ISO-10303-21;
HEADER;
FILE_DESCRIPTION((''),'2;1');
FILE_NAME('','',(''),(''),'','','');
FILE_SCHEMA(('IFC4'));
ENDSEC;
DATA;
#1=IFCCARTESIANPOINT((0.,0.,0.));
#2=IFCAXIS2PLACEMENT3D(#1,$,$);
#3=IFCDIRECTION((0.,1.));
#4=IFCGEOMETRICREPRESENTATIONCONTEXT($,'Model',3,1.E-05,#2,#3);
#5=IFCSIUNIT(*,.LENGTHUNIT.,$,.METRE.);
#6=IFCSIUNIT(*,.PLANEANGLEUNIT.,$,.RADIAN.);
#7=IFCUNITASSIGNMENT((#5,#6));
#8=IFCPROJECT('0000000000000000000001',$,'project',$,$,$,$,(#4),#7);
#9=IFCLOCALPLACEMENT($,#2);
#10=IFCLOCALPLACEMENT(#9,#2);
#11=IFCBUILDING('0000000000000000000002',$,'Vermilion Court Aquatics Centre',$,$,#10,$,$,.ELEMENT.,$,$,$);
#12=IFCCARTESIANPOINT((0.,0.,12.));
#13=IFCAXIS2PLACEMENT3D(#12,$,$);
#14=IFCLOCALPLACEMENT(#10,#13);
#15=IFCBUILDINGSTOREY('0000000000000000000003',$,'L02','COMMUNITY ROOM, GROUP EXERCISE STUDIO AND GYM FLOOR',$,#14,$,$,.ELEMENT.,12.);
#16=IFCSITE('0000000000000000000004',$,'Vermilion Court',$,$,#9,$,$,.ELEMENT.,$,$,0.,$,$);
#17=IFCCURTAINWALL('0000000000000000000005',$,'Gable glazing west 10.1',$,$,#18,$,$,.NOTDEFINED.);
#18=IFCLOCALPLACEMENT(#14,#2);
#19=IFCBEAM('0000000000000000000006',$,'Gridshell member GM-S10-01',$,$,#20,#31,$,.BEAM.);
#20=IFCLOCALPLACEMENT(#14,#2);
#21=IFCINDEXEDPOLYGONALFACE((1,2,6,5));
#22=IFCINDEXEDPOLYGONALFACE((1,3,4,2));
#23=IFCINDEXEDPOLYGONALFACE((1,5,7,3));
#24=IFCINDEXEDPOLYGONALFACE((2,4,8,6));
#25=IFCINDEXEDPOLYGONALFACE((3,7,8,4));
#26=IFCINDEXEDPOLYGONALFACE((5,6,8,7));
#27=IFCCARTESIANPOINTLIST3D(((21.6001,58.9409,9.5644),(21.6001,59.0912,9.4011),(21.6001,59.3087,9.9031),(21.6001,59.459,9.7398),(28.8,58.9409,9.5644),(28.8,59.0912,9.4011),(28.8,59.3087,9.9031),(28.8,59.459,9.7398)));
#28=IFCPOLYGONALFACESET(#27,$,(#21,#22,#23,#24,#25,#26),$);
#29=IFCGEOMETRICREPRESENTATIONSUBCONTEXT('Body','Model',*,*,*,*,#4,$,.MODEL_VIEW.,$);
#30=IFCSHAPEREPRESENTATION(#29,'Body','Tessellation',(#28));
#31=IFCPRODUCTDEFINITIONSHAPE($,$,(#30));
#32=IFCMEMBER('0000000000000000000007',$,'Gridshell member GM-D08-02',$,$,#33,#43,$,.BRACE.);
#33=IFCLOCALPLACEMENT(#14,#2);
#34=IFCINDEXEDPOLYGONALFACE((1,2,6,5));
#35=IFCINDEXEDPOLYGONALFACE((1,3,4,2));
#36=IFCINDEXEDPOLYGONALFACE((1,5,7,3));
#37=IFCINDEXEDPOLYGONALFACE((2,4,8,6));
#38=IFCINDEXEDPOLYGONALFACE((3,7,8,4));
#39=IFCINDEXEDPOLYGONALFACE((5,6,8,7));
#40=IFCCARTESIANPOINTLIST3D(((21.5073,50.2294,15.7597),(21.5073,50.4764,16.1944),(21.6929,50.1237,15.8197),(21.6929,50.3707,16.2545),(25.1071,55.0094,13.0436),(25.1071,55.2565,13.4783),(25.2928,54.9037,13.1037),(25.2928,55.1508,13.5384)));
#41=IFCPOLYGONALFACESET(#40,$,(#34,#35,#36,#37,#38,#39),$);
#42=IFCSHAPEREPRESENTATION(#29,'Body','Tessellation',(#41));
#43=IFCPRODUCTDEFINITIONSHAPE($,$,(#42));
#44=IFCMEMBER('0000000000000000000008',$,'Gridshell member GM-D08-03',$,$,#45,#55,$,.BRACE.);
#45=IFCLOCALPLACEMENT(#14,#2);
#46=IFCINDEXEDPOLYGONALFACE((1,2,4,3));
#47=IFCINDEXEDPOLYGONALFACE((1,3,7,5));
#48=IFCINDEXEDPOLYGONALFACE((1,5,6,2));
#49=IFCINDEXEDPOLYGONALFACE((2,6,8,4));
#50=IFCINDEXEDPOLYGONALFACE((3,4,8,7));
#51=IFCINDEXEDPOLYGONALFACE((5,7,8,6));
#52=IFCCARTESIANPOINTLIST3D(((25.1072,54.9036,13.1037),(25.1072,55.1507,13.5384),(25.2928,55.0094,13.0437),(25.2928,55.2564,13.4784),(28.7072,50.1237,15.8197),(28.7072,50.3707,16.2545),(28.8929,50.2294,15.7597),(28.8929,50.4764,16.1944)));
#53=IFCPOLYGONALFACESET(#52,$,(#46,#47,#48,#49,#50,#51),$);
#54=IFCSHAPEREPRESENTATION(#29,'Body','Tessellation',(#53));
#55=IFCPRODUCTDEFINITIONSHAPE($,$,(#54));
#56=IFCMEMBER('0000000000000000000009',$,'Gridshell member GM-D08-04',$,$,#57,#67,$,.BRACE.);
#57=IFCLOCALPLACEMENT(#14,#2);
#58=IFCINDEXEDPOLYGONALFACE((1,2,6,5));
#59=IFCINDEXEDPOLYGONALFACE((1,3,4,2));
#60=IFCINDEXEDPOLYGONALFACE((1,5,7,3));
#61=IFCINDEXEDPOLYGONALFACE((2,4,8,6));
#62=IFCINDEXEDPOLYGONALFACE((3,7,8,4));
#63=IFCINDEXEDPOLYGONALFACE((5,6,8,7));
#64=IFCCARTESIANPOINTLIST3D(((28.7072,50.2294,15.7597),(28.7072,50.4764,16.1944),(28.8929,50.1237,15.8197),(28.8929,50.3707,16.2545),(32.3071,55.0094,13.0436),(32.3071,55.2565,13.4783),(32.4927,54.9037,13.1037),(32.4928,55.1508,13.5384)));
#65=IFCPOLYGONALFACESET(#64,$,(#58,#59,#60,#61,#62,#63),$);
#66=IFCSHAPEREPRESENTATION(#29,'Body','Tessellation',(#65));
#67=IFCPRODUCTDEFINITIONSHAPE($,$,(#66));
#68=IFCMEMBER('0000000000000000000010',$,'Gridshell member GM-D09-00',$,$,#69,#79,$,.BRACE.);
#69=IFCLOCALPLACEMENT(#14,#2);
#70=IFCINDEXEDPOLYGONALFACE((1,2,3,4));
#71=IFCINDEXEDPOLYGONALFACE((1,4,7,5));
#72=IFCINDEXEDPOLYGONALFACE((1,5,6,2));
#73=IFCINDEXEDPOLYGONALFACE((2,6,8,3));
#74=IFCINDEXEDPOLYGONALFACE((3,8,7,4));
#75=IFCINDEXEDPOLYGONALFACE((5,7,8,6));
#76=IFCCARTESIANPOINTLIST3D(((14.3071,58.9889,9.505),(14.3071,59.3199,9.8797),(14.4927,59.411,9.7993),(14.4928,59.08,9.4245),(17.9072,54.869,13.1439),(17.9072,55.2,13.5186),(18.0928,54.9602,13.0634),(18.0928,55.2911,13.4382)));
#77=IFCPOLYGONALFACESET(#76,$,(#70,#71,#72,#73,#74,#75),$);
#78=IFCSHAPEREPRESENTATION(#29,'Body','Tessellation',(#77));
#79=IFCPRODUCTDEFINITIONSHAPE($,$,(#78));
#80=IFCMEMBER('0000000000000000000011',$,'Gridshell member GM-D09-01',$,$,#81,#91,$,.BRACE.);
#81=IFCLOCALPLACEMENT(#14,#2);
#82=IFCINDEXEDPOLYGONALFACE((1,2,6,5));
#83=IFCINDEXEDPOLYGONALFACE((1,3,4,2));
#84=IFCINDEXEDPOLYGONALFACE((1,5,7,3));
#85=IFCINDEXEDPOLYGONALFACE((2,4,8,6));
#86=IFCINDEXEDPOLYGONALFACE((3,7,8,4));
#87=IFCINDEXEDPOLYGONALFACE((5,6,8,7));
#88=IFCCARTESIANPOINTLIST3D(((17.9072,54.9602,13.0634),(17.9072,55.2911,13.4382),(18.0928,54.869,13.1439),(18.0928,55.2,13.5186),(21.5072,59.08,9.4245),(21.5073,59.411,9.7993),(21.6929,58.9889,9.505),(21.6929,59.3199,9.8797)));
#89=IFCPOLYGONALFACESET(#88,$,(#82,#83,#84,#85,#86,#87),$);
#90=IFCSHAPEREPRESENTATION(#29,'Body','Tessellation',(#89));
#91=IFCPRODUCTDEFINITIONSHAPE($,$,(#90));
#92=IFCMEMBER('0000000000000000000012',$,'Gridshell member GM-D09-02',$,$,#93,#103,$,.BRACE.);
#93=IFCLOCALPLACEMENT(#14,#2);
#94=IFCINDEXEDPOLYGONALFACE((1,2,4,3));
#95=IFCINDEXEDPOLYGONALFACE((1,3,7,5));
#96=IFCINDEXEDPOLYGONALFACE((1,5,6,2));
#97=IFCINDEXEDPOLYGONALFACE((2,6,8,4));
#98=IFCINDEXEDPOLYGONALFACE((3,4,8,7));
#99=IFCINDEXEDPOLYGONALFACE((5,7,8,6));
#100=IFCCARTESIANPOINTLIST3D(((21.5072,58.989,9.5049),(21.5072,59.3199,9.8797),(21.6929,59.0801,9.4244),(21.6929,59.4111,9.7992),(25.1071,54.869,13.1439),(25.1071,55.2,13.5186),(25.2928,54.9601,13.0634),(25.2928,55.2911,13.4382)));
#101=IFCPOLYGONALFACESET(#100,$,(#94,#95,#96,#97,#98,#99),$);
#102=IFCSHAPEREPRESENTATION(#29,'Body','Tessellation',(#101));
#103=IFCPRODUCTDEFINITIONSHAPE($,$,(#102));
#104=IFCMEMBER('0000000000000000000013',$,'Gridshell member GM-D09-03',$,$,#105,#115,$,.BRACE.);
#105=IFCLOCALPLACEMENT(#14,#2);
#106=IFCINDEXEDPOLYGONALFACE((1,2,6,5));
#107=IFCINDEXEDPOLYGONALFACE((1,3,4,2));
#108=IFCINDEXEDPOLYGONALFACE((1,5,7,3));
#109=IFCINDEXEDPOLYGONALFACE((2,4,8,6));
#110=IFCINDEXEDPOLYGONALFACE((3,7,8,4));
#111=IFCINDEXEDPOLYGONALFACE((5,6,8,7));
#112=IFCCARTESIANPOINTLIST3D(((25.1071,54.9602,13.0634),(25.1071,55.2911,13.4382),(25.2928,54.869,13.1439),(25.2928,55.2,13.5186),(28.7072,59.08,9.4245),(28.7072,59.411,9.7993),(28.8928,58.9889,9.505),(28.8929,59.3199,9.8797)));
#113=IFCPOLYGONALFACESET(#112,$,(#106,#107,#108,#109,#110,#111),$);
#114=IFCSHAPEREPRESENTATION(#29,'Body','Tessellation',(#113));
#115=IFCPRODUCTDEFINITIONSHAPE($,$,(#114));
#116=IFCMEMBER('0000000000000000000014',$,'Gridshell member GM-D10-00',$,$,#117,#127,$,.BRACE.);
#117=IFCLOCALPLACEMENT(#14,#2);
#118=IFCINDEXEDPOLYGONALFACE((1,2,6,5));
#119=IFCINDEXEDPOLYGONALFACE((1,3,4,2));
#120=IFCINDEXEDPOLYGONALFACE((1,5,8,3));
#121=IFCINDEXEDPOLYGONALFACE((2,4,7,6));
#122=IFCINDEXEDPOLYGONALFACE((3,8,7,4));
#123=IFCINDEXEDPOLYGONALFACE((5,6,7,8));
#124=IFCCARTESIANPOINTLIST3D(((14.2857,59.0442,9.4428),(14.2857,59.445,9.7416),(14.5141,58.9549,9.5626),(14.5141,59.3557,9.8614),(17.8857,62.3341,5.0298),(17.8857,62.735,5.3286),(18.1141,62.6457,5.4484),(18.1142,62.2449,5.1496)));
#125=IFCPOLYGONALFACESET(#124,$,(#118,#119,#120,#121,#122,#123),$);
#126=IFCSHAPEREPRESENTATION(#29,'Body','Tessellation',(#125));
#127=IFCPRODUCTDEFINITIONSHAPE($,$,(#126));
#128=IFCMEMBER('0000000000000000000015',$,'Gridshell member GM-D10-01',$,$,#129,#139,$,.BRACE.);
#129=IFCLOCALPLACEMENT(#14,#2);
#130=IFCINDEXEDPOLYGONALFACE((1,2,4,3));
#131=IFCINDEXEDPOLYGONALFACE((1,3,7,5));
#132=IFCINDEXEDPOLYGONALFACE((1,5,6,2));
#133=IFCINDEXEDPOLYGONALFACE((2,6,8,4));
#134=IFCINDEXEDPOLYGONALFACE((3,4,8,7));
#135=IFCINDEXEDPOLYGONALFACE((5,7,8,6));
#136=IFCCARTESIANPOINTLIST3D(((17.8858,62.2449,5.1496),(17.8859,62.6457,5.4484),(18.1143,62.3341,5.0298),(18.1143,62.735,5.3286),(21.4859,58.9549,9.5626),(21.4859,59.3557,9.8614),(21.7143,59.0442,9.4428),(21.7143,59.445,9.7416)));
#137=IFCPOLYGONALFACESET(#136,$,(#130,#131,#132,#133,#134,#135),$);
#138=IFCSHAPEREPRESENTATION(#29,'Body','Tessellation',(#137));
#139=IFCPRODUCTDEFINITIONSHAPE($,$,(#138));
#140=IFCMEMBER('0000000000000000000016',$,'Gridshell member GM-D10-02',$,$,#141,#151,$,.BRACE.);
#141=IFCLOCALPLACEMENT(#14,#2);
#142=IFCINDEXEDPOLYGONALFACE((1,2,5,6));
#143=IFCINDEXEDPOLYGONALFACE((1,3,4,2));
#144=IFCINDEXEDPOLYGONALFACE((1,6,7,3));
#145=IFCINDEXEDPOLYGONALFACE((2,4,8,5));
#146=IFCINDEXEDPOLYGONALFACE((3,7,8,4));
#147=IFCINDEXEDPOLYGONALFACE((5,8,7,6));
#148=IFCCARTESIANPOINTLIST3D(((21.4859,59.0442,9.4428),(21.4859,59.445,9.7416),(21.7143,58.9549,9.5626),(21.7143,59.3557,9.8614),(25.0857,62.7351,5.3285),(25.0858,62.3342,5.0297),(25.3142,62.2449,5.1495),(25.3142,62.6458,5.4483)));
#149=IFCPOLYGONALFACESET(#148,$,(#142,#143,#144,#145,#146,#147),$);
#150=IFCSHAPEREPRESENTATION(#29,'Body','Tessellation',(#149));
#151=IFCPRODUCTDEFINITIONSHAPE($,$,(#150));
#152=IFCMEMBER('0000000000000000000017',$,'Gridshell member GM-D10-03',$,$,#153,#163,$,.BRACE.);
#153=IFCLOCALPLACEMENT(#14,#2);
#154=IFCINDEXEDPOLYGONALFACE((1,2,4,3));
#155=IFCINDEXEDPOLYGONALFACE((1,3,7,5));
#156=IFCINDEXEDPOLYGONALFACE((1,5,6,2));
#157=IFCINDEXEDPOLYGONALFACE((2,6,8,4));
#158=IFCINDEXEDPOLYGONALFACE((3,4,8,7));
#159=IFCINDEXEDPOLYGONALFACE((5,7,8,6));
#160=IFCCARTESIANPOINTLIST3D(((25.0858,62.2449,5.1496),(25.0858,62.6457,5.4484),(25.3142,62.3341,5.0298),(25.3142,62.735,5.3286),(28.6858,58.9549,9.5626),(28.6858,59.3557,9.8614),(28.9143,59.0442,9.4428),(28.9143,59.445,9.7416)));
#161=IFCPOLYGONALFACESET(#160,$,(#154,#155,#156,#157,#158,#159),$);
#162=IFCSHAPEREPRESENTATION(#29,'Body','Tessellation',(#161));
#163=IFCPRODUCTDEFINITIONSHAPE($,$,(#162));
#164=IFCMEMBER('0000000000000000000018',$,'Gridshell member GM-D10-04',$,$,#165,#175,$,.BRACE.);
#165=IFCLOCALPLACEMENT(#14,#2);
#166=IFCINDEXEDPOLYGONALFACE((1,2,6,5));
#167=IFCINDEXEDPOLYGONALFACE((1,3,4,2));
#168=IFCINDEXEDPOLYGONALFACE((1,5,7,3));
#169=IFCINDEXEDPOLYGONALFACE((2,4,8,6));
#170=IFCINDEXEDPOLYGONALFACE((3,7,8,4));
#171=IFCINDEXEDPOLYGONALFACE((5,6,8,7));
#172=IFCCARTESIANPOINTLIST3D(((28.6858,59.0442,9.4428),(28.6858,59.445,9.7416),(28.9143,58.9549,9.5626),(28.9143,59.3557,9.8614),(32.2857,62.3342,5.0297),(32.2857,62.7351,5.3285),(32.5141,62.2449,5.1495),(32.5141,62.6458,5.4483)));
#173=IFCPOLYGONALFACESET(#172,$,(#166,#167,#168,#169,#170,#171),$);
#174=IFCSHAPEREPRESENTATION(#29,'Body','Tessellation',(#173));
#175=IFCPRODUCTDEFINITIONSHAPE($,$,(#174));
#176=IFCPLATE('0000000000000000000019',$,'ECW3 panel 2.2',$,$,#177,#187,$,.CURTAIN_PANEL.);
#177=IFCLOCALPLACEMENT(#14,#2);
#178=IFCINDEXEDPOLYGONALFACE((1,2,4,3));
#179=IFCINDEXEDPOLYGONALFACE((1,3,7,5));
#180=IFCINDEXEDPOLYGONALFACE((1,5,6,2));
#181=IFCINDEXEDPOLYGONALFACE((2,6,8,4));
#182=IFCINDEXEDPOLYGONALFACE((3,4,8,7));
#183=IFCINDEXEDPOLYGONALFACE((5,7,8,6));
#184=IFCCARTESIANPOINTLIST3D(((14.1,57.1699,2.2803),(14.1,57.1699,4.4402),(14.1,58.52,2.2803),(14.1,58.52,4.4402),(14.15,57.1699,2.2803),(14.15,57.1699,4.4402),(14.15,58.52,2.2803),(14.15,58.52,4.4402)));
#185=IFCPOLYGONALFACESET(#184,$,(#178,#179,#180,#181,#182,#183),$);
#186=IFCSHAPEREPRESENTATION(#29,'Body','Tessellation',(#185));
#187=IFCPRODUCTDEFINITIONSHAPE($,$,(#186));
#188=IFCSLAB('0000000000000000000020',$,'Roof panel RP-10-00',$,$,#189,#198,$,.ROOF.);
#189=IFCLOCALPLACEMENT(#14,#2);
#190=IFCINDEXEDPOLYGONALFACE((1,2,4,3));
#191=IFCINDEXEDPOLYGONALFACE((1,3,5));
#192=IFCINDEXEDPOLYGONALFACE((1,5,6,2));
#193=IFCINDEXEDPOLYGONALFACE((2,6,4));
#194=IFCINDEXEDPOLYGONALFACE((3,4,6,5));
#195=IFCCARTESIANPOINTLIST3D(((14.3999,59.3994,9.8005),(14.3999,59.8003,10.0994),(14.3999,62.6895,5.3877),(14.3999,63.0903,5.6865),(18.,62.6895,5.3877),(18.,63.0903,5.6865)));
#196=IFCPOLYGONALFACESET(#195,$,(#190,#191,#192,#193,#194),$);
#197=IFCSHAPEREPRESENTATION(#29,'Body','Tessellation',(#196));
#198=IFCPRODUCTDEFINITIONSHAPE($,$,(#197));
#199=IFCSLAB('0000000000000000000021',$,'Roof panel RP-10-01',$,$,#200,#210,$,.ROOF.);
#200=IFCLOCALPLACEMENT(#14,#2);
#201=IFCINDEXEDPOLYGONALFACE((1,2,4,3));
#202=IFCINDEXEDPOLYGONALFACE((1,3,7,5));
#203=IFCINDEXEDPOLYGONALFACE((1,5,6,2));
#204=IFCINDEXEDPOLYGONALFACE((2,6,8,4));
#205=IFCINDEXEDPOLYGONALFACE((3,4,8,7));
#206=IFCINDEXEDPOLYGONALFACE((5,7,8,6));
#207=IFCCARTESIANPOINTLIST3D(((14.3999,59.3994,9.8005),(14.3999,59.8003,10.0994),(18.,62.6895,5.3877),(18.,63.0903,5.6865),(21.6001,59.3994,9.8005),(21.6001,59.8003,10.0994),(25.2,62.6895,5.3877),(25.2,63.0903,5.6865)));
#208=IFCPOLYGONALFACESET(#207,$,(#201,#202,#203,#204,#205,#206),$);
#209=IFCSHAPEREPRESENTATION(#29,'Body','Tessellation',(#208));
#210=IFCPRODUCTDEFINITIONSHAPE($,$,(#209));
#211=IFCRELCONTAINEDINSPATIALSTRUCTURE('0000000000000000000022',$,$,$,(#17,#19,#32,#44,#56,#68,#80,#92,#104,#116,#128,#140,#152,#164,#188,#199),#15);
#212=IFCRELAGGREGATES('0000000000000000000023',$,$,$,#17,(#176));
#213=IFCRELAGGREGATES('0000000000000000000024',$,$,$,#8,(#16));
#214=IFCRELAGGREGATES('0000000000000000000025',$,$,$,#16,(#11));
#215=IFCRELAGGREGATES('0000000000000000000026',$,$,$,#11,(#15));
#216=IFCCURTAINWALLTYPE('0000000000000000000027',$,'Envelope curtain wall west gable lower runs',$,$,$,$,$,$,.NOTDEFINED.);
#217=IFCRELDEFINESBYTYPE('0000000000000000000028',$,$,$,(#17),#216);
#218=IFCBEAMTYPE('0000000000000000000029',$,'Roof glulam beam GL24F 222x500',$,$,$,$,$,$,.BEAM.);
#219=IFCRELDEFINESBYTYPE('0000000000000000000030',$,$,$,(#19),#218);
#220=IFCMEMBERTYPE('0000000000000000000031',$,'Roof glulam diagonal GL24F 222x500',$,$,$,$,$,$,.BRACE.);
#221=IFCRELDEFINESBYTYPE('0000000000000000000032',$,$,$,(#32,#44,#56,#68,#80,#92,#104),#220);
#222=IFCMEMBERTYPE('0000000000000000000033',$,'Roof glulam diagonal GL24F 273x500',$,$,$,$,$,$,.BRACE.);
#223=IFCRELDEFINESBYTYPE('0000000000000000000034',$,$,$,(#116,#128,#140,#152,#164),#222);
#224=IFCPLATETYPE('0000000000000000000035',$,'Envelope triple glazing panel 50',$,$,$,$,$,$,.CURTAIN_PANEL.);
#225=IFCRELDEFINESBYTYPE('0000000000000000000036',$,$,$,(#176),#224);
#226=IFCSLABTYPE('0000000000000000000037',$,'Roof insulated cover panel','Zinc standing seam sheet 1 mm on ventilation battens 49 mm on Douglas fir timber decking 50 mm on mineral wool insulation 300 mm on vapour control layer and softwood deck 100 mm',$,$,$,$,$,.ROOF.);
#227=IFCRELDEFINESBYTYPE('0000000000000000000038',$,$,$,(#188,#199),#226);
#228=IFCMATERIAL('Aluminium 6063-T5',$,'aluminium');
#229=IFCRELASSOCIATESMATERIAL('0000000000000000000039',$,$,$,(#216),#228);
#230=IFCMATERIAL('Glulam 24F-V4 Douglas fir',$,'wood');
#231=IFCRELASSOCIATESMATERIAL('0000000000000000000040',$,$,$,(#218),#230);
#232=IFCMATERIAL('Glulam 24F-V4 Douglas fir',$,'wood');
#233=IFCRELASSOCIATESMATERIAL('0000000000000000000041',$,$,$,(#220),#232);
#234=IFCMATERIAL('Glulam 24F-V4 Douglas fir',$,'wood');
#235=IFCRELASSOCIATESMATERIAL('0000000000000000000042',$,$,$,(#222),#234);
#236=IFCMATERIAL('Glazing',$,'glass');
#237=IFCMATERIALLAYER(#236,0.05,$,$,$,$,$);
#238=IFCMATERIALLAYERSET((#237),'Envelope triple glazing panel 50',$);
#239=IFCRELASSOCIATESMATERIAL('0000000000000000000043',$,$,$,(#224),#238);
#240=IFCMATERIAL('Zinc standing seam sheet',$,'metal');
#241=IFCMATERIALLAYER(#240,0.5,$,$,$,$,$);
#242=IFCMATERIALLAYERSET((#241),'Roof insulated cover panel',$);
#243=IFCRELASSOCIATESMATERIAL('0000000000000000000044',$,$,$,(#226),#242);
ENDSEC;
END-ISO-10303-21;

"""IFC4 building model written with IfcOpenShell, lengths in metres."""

from ifc_helpers import new_model, si_unit, direction, frame, origin, origin_2d, place, context, subcontext, project, spatial, polyline, rectangle, outline, extrude, material, layer, layer_set, material_profile, profile_set, type_object, element, aggregate, save


model = new_model("IFC4")

# Units and contexts
model_context = context("Model", 3, precision=1e-05, world=origin(), true_north=direction((0.0, 1.0)))
body_context = subcontext(model_context, "Body", "Model", "MODEL_VIEW")
ifc_project = project(units=[si_unit("LENGTHUNIT", "METRE"), si_unit("PLANEANGLEUNIT", "RADIAN")], contexts=[model_context])

# Site, building, storey
site_placement = place(None, origin())
site = spatial("IfcSite", under=ifc_project, at=site_placement, Name="Vermilion Court", CompositionType="ELEMENT", RefElevation=0.0)
building_placement = place(site_placement, origin())
building = spatial("IfcBuilding", under=site, at=building_placement, Name="Vermilion Court Aquatics Centre", CompositionType="ELEMENT")
storey_placement = place(building_placement, frame((0.0, 0.0, 12.0)))
storey = spatial("IfcBuildingStorey", under=building, at=storey_placement, Name="L02", Description="COMMUNITY ROOM, GROUP EXERCISE STUDIO AND GYM FLOOR", CompositionType="ELEMENT", Elevation=12.0)

# Curtain wall
ifc_material_1 = material(Name="Aluminium 6063-T5", Category="aluminium")
curtain_wall_type = type_object("IfcCurtainWallType", Name="Envelope curtain wall west gable lower runs", PredefinedType="NOTDEFINED", material=ifc_material_1)
curtain_wall_1_placement = place(storey_placement, origin())
curtain_wall_1 = element("IfcCurtainWall", 1, at=curtain_wall_1_placement, inside=storey, type_object=curtain_wall_type, Name="Gable glazing west 10.1", PredefinedType="NOTDEFINED")

# Beam
ifc_material_2 = material(Name="Glulam 24F-V4 Douglas fir", Category="wood")
ifc_material_profile_1 = material_profile(ifc_material_2, rectangle(XDim=0.2219, YDim=0.5, at=origin_2d()), Name="GL24F 222x500")
ifc_profile_set_1 = profile_set([ifc_material_profile_1], Name="Glulam 24F-V4 Douglas fir")
beam_type_1 = type_object("IfcBeamType", Name="Roof glulam beam GL24F 222x500", PredefinedType="BEAM", material=ifc_profile_set_1)
beam_1_placement = place(storey_placement, frame((21.6001, 59.2, 9.6521), z_axis=(1.0, 0.0, 0.0), x_axis=(0.0, 0.67726, -0.735744)))
element("IfcBeam", 2, at=beam_1_placement, inside=storey, type_object=beam_type_1, Name="Gridshell member GM-S10-01", PredefinedType="BEAM", context=body_context, shape_type="SweptSolid", body=[
    extrude(rectangle(XDim=0.2219, YDim=0.5, at=origin_2d()), origin(), (0.0, 0.0, 1.0), 7.2),
])

# Members
ifc_material_3 = material(Name="Glulam 24F-V4 Douglas fir", Category="wood")
ifc_material_profile_2 = material_profile(ifc_material_3, rectangle(XDim=0.2219, YDim=0.5, at=origin_2d()), Name="GL24F 222x500")
ifc_profile_set_2 = profile_set([ifc_material_profile_2], Name="Glulam 24F-V4 Douglas fir")
member_type_1 = type_object("IfcMemberType", Name="Roof glulam diagonal GL24F 222x500", PredefinedType="BRACE", material=ifc_profile_set_2)
for number, where, z_axis, x_axis, name in (
    (3, (21.6001, 50.3, 16.0071), (0.547798, 0.727388, -0.41331), (-0.836611, 0.476285, -0.27062), "Gridshell member GM-D08-02"),
    (4, (28.8, 50.3, 16.0071), (-0.547824, 0.727373, -0.413301), (-0.836594, -0.476314, 0.270621), "Gridshell member GM-D08-03"),
    (5, (28.8, 50.3, 16.0071), (0.547798, 0.727388, -0.41331), (-0.836611, 0.476285, -0.27062), "Gridshell member GM-D08-04"),
):
    element("IfcMember", number, at=place(storey_placement, frame(where, z_axis=z_axis, x_axis=x_axis)), inside=storey, type_object=member_type_1, Name=name, PredefinedType="BRACE", context=body_context, shape_type="SweptSolid", body=[
        extrude(rectangle(XDim=0.2219, YDim=0.5, at=origin_2d()), origin(), (0.0, 0.0, 1.0), 6.5715),
    ])
for number, where, z_axis, x_axis, name in (
    (6, (18.0, 55.0801, 13.291), (-0.547891, 0.626995, -0.553799), (-0.83655, -0.410685, 0.362661), "Gridshell member GM-D09-00"),
    (7, (18.0, 55.0801, 13.291), (0.547891, 0.626995, -0.553799), (-0.83655, 0.410685, -0.362661), "Gridshell member GM-D09-01"),
    (8, (25.2, 55.0801, 13.291), (-0.547865, 0.627007, -0.55381), (-0.836567, -0.410653, 0.362657), "Gridshell member GM-D09-02"),
    (9, (25.2, 55.0801, 13.291), (0.547891, 0.626995, -0.553799), (-0.83655, 0.410685, -0.362661), "Gridshell member GM-D09-03"),
):
    element("IfcMember", number, at=place(storey_placement, frame(where, z_axis=z_axis, x_axis=x_axis)), inside=storey, type_object=member_type_1, Name=name, PredefinedType="BRACE", context=body_context, shape_type="SweptSolid", body=[
        extrude(rectangle(XDim=0.2219, YDim=0.5, at=origin_2d()), origin(), (0.0, 0.0, 1.0), 6.5708),
    ])
ifc_material_4 = material(Name="Glulam 24F-V4 Douglas fir", Category="wood")
ifc_material_profile_3 = material_profile(ifc_material_4, rectangle(XDim=0.2729, YDim=0.5, at=origin_2d()), Name="GL24F 273x500")
ifc_profile_set_3 = profile_set([ifc_material_profile_3], Name="Glulam 24F-V4 Douglas fir")
member_type_2 = type_object("IfcMemberType", Name="Roof glulam diagonal GL24F 273x500", PredefinedType="BRACE", material=ifc_profile_set_3)
for number, where, z_axis, x_axis, name in (
    (10, (14.3999, 59.2, 9.6521), (0.547355, 0.500214, -0.670961), (-0.836901, 0.327117, -0.438853), "Gridshell member GM-D10-00"),
    (11, (21.6001, 59.2, 9.6521), (-0.547355, 0.500214, -0.670961), (-0.836901, -0.327117, 0.438853), "Gridshell member GM-D10-01"),
    (12, (21.6001, 59.2, 9.6521), (0.547329, 0.500224, -0.670974), (-0.836918, 0.327083, -0.438846), "Gridshell member GM-D10-02"),
    (13, (28.8, 59.2, 9.6521), (-0.547355, 0.500214, -0.670961), (-0.836901, -0.327117, 0.438853), "Gridshell member GM-D10-03"),
    (14, (28.8, 59.2, 9.6521), (0.547329, 0.500224, -0.670974), (-0.836918, 0.327083, -0.438846), "Gridshell member GM-D10-04"),
):
    element("IfcMember", number, at=place(storey_placement, frame(where, z_axis=z_axis, x_axis=x_axis)), inside=storey, type_object=member_type_2, Name=name, PredefinedType="BRACE", context=body_context, shape_type="SweptSolid", body=[
        extrude(rectangle(XDim=0.2729, YDim=0.5, at=origin_2d()), origin(), (0.0, 0.0, 1.0), 6.5771),
    ])

# Plate
ifc_material_5 = material(Name="Glazing", Category="glass")
ifc_layer_1 = layer(ifc_material_5, 0.05)
ifc_layer_set_1 = layer_set([ifc_layer_1], Name="Envelope triple glazing panel 50")
plate_type = type_object("IfcPlateType", Name="Envelope triple glazing panel 50", PredefinedType="CURTAIN_PANEL", material=ifc_layer_set_1)
plate_placement = place(storey_placement, frame((14.125, 57.845, 2.2803), z_axis=(0.0, 0.0, 1.0), x_axis=(0.0, 1.0, 0.0)))
plate = element("IfcPlate", 15, at=plate_placement, type_object=plate_type, Name="ECW3 panel 2.2", PredefinedType="CURTAIN_PANEL", context=body_context, shape_type="SweptSolid", body=[
    extrude(rectangle(XDim=1.3501, YDim=0.05, at=origin_2d()), origin(), (0.0, 0.0, 1.0), 2.1599),
])
aggregate(curtain_wall_1, [plate])

# Slabs
ifc_material_6 = material(Name="Zinc standing seam sheet", Category="metal")
ifc_layer_2 = layer(ifc_material_6, 0.5)
ifc_layer_set_2 = layer_set([ifc_layer_2], Name="Roof insulated cover panel")
slab_type = type_object("IfcSlabType", Name="Roof insulated cover panel", Description="Zinc standing seam sheet 1 mm on ventilation battens 49 mm on Douglas fir timber decking 50 mm on mineral wool insulation 300 mm on vapour control layer and softwood deck 100 mm", PredefinedType="ROOF", material=ifc_layer_set_2)
slab_1_placement = place(storey_placement, frame((14.3999, 59.8003, 10.0994), z_axis=(0.0, 0.801705, 0.59772), x_axis=(0.547369, 0.500226, -0.67094)))
element("IfcSlab", 16, at=slab_1_placement, inside=storey, type_object=slab_type, Name="Roof panel RP-10-00", PredefinedType="ROOF", context=body_context, shape_type="SweptSolid", body=[
    extrude(outline(polyline([(0.0, 0.0), (6.5771, 0.0), (4.6065, 3.0129), (0.0, 0.0)])), origin(), (0.0, 0.0, -1.0), 0.5),
])
slab_2_placement = place(storey_placement, frame((14.3999, 59.8003, 10.0994), z_axis=(0.0, 0.801705, 0.59772), x_axis=(1.0, 0.0, 0.0)))
element("IfcSlab", 17, at=slab_2_placement, inside=storey, type_object=slab_type, Name="Roof panel RP-10-01", PredefinedType="ROOF", context=body_context, shape_type="SweptSolid", body=[
    extrude(outline(polyline([(0.0, 0.0), (7.2002, 0.0), (10.8, 5.5043), (3.6001, 5.5043), (0.0, 0.0)])), origin(), (0.0, 0.0, -1.0), 0.5),
])

save(model, "model.ifc")
